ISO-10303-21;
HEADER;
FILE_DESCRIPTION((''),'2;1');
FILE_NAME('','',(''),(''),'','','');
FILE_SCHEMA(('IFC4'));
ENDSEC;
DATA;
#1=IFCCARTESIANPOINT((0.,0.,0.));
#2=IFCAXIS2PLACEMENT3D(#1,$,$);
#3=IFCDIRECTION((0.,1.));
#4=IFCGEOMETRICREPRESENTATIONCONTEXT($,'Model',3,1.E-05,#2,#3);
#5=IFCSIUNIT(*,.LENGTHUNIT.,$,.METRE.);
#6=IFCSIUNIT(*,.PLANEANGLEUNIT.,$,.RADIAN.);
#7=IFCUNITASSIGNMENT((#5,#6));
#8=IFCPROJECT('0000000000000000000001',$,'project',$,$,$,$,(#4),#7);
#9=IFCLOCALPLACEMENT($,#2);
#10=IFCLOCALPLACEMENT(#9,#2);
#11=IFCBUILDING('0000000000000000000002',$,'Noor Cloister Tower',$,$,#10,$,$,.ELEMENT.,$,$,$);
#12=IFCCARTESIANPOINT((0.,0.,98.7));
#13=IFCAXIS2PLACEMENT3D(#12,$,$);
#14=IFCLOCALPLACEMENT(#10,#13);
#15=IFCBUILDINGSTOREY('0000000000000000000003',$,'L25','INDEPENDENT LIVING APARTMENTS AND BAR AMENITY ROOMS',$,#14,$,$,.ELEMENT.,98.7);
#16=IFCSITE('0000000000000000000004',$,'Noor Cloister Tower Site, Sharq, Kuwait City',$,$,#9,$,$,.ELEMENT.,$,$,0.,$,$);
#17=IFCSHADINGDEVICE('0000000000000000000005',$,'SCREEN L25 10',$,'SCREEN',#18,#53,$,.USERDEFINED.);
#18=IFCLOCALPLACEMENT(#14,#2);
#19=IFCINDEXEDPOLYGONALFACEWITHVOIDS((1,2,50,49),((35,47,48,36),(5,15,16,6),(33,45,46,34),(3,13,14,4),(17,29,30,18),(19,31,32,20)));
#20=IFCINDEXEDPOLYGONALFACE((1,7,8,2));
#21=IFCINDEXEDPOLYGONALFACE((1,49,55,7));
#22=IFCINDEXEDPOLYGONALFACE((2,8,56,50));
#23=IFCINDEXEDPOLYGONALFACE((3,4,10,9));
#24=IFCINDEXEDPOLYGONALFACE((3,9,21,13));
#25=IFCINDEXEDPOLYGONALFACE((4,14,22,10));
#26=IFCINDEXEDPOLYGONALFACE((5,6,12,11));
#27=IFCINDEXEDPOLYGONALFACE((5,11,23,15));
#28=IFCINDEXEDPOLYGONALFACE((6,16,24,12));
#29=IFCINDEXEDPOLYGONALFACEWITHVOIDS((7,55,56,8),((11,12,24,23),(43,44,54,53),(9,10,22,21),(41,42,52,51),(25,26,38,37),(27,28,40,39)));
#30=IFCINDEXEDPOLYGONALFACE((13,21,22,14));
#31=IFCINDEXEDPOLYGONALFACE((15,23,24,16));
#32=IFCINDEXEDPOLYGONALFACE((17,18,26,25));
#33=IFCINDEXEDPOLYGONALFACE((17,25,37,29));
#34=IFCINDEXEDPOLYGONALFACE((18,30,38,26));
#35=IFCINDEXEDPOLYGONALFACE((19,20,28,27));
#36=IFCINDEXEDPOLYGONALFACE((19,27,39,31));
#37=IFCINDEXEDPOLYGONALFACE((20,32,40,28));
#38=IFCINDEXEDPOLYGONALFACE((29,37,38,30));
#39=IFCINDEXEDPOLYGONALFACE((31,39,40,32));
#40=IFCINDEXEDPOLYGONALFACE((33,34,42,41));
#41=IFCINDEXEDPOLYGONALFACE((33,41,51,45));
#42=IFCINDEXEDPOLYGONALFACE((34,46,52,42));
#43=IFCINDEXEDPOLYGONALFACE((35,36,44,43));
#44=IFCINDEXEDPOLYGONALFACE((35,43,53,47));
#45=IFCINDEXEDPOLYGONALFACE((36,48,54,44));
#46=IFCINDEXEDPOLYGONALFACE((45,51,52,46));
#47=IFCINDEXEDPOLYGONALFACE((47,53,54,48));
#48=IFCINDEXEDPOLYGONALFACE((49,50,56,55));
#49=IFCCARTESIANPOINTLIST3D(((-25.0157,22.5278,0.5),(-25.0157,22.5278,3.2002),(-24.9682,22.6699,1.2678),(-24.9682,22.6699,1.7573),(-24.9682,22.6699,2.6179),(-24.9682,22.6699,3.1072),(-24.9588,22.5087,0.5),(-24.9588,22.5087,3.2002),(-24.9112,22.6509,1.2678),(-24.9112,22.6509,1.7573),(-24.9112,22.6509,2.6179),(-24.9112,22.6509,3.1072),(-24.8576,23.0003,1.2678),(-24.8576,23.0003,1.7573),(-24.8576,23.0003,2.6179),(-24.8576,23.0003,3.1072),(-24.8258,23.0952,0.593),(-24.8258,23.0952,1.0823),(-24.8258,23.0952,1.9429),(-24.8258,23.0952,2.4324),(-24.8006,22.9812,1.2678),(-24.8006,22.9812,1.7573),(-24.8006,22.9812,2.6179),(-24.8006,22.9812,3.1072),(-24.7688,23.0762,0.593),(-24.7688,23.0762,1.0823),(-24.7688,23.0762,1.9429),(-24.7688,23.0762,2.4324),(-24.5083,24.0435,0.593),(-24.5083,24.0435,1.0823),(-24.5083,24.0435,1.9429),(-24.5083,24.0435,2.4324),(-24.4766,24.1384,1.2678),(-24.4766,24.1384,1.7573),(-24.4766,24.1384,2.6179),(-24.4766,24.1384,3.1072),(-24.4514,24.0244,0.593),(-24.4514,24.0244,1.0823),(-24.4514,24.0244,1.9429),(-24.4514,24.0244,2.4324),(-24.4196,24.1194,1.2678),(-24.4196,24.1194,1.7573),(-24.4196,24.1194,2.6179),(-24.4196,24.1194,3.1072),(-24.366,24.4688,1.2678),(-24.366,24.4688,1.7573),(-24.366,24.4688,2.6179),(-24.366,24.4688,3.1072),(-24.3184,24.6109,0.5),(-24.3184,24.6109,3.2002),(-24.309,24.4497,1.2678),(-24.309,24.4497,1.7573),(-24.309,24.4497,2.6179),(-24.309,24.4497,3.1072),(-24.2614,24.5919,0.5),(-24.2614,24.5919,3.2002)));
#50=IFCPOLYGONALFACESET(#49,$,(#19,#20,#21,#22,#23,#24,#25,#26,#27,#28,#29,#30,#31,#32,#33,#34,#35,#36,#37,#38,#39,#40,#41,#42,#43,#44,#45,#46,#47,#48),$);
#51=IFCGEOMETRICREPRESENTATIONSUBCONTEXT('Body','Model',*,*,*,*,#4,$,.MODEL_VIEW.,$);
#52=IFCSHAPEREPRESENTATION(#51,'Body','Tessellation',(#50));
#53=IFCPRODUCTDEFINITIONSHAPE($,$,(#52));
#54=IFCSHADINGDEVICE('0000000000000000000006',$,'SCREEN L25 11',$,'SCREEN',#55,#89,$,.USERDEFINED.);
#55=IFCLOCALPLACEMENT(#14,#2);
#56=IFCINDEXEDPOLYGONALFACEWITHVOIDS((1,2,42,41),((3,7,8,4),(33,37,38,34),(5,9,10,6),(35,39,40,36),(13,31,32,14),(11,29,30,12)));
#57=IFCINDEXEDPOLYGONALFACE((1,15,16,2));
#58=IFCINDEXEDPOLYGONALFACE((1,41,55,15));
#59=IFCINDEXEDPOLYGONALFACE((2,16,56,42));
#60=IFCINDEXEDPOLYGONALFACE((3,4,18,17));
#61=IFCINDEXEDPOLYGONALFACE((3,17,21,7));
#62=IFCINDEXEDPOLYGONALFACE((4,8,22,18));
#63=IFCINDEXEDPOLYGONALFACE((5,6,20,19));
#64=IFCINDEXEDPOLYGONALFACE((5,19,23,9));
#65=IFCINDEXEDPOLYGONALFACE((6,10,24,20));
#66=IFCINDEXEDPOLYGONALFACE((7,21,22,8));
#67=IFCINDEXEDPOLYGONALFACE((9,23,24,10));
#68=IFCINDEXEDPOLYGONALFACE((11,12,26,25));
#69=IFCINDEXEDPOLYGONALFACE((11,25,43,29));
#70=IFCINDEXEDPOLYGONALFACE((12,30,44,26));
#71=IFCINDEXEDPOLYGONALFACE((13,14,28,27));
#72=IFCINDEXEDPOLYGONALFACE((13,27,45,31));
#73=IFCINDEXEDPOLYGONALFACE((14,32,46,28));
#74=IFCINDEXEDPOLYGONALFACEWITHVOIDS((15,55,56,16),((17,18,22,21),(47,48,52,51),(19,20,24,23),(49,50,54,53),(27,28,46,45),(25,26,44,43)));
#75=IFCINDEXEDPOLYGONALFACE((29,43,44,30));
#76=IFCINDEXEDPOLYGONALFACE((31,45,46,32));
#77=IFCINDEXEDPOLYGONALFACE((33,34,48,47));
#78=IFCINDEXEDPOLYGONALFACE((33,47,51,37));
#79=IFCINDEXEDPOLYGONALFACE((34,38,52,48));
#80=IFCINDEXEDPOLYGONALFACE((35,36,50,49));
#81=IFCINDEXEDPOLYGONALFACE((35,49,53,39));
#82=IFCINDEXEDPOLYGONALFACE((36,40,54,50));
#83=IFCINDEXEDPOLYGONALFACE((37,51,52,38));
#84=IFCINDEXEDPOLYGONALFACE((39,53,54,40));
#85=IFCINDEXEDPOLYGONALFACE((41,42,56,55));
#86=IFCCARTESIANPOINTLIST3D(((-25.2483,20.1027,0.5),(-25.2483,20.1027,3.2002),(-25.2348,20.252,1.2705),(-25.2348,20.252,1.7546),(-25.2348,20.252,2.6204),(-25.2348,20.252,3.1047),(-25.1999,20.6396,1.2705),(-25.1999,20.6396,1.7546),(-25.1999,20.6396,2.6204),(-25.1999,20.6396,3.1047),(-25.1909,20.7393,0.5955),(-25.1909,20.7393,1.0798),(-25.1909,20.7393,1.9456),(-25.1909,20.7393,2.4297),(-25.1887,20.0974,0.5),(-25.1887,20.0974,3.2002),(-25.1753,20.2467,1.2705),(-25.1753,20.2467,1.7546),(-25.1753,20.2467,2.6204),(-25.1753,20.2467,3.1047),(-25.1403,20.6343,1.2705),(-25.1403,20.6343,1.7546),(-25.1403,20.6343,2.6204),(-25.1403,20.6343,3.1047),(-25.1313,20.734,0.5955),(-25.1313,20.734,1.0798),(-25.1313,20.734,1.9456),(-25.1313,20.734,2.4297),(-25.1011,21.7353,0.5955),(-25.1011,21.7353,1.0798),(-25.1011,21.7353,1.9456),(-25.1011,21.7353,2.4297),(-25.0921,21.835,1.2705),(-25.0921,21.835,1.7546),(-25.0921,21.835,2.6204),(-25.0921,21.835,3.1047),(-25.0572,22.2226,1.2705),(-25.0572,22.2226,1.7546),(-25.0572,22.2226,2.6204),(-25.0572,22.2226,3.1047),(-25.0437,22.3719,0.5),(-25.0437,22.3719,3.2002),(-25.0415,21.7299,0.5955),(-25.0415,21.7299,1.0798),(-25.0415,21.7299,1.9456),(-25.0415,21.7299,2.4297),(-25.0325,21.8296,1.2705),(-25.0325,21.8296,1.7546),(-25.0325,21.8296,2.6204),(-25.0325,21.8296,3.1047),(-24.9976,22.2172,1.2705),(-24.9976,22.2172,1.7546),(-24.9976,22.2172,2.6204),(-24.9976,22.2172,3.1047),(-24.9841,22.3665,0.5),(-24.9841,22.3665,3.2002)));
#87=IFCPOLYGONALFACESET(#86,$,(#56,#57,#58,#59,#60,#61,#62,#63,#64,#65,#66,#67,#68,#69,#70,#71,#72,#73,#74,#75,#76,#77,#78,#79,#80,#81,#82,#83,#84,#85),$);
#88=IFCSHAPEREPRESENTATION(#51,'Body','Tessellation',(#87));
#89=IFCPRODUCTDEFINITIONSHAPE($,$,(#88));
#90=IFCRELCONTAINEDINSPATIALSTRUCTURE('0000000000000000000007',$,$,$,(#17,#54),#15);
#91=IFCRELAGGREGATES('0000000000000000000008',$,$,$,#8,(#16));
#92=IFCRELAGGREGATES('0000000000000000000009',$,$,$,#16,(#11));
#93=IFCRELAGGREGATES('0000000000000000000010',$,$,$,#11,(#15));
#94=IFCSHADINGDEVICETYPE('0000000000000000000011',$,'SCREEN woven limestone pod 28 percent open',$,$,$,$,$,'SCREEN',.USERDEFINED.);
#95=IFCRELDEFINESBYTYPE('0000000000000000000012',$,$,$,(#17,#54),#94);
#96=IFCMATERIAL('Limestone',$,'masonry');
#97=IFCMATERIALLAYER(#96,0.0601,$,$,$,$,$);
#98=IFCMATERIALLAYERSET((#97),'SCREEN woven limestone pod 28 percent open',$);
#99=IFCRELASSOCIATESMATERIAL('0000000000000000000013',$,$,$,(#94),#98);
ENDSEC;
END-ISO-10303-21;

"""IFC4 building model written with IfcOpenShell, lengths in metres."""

from ifc_helpers import new_model, si_unit, direction, frame, origin, place, context, subcontext, project, spatial, polyline, outline, extrude, material, layer, layer_set, type_object, element, save


model = new_model("IFC4")

# Units and contexts
model_context = context("Model", 3, precision=1e-05, world=origin(), true_north=direction((0.0, 1.0)))
body_context = subcontext(model_context, "Body", "Model", "MODEL_VIEW")
ifc_project = project(units=[si_unit("LENGTHUNIT", "METRE"), si_unit("PLANEANGLEUNIT", "RADIAN")], contexts=[model_context])

# Site, building, storey
site_placement = place(None, origin())
site = spatial("IfcSite", under=ifc_project, at=site_placement, Name="Noor Cloister Tower Site, Sharq, Kuwait City", CompositionType="ELEMENT", RefElevation=0.0)
building_placement = place(site_placement, origin())
building = spatial("IfcBuilding", under=site, at=building_placement, Name="Noor Cloister Tower", CompositionType="ELEMENT")
storey_placement = place(building_placement, frame((0.0, 0.0, 98.7)))
storey = spatial("IfcBuildingStorey", under=building, at=storey_placement, Name="L25", Description="INDEPENDENT LIVING APARTMENTS AND BAR AMENITY ROOMS", CompositionType="ELEMENT", Elevation=98.7)

# Shading devices
ifc_material_1 = material(Name="Limestone", Category="masonry")
ifc_layer_1 = layer(ifc_material_1, 0.0601)
ifc_layer_set_1 = layer_set([ifc_layer_1], Name="SCREEN woven limestone pod 28 percent open")
shading_device_type = type_object("IfcShadingDeviceType", Name="SCREEN woven limestone pod 28 percent open", ElementType="SCREEN", PredefinedType="USERDEFINED", material=ifc_layer_set_1)
shading_device_1_placement = place(storey_placement, frame((-24.6101, 23.5503, 1.8501), z_axis=(-0.948276, 0.317448, 0.0), x_axis=(-0.317448, -0.948276, 0.0)))
element("IfcShadingDevice", 1, at=shading_device_1_placement, inside=storey, type_object=shading_device_type, Name="SCREEN L25 10", ObjectType="SCREEN", PredefinedType="USERDEFINED", context=body_context, shape_type="SweptSolid", body=[
    extrude(outline(polyline([(-1.0984, -1.3501), (1.0984, -1.3501), (1.0984, 1.3501), (-1.0984, 1.3501), (-1.0984, -1.3501)]), holes=[polyline([(-0.5, -1.2571), (0.5, -1.2571), (0.5, -0.7678), (-0.5, -0.7678), (-0.5, -1.2571)]), polyline([(0.6001, -0.5823), (0.9485, -0.5823), (0.9485, -0.0928), (0.6001, -0.0928), (0.6001, -0.5823)]), polyline([(-0.9485, -0.5823), (-0.6001, -0.5823), (-0.6001, -0.0928), (-0.9485, -0.0928), (-0.9485, -0.5823)]), polyline([(-0.5, 0.0928), (0.5, 0.0928), (0.5, 0.5823), (-0.5, 0.5823), (-0.5, 0.0928)]), polyline([(0.6001, 0.7678), (0.9485, 0.7678), (0.9485, 1.2571), (0.6001, 1.2571), (0.6001, 0.7678)]), polyline([(-0.9485, 0.7678), (-0.6001, 0.7678), (-0.6001, 1.2571), (-0.9485, 1.2571), (-0.9485, 0.7678)])]), origin(), (0.0, 0.0, 1.0), 0.0601),
])
shading_device_2_placement = place(storey_placement, frame((-25.0864, 21.2319, 1.8501), z_axis=(-0.99596, 0.0898, 0.0), x_axis=(-0.0898, -0.99596, 0.0)))
element("IfcShadingDevice", 2, at=shading_device_2_placement, inside=storey, type_object=shading_device_type, Name="SCREEN L25 11", ObjectType="SCREEN", PredefinedType="USERDEFINED", context=body_context, shape_type="SweptSolid", body=[
    extrude(outline(polyline([(-1.1392, -1.3501), (1.1392, -1.3501), (1.1392, 1.3501), (-1.1392, 1.3501), (-1.1392, -1.3501)]), holes=[polyline([(-0.5, -1.2546), (0.5, -1.2546), (0.5, -0.7703), (-0.5, -0.7703), (-0.5, -1.2546)]), polyline([(0.6001, -0.5796), (0.9893, -0.5796), (0.9893, -0.0955), (0.6001, -0.0955), (0.6001, -0.5796)]), polyline([(-0.9893, -0.5796), (-0.6001, -0.5796), (-0.6001, -0.0955), (-0.9893, -0.0955), (-0.9893, -0.5796)]), polyline([(-0.5, 0.0955), (0.5, 0.0955), (0.5, 0.5796), (-0.5, 0.5796), (-0.5, 0.0955)]), polyline([(0.6001, 0.7703), (0.9893, 0.7703), (0.9893, 1.2546), (0.6001, 1.2546), (0.6001, 0.7703)]), polyline([(-0.9893, 0.7703), (-0.6001, 0.7703), (-0.6001, 1.2546), (-0.9893, 1.2546), (-0.9893, 0.7703)])]), origin(), (0.0, 0.0, 1.0), 0.0598),
])

save(model, "model.ifc")
